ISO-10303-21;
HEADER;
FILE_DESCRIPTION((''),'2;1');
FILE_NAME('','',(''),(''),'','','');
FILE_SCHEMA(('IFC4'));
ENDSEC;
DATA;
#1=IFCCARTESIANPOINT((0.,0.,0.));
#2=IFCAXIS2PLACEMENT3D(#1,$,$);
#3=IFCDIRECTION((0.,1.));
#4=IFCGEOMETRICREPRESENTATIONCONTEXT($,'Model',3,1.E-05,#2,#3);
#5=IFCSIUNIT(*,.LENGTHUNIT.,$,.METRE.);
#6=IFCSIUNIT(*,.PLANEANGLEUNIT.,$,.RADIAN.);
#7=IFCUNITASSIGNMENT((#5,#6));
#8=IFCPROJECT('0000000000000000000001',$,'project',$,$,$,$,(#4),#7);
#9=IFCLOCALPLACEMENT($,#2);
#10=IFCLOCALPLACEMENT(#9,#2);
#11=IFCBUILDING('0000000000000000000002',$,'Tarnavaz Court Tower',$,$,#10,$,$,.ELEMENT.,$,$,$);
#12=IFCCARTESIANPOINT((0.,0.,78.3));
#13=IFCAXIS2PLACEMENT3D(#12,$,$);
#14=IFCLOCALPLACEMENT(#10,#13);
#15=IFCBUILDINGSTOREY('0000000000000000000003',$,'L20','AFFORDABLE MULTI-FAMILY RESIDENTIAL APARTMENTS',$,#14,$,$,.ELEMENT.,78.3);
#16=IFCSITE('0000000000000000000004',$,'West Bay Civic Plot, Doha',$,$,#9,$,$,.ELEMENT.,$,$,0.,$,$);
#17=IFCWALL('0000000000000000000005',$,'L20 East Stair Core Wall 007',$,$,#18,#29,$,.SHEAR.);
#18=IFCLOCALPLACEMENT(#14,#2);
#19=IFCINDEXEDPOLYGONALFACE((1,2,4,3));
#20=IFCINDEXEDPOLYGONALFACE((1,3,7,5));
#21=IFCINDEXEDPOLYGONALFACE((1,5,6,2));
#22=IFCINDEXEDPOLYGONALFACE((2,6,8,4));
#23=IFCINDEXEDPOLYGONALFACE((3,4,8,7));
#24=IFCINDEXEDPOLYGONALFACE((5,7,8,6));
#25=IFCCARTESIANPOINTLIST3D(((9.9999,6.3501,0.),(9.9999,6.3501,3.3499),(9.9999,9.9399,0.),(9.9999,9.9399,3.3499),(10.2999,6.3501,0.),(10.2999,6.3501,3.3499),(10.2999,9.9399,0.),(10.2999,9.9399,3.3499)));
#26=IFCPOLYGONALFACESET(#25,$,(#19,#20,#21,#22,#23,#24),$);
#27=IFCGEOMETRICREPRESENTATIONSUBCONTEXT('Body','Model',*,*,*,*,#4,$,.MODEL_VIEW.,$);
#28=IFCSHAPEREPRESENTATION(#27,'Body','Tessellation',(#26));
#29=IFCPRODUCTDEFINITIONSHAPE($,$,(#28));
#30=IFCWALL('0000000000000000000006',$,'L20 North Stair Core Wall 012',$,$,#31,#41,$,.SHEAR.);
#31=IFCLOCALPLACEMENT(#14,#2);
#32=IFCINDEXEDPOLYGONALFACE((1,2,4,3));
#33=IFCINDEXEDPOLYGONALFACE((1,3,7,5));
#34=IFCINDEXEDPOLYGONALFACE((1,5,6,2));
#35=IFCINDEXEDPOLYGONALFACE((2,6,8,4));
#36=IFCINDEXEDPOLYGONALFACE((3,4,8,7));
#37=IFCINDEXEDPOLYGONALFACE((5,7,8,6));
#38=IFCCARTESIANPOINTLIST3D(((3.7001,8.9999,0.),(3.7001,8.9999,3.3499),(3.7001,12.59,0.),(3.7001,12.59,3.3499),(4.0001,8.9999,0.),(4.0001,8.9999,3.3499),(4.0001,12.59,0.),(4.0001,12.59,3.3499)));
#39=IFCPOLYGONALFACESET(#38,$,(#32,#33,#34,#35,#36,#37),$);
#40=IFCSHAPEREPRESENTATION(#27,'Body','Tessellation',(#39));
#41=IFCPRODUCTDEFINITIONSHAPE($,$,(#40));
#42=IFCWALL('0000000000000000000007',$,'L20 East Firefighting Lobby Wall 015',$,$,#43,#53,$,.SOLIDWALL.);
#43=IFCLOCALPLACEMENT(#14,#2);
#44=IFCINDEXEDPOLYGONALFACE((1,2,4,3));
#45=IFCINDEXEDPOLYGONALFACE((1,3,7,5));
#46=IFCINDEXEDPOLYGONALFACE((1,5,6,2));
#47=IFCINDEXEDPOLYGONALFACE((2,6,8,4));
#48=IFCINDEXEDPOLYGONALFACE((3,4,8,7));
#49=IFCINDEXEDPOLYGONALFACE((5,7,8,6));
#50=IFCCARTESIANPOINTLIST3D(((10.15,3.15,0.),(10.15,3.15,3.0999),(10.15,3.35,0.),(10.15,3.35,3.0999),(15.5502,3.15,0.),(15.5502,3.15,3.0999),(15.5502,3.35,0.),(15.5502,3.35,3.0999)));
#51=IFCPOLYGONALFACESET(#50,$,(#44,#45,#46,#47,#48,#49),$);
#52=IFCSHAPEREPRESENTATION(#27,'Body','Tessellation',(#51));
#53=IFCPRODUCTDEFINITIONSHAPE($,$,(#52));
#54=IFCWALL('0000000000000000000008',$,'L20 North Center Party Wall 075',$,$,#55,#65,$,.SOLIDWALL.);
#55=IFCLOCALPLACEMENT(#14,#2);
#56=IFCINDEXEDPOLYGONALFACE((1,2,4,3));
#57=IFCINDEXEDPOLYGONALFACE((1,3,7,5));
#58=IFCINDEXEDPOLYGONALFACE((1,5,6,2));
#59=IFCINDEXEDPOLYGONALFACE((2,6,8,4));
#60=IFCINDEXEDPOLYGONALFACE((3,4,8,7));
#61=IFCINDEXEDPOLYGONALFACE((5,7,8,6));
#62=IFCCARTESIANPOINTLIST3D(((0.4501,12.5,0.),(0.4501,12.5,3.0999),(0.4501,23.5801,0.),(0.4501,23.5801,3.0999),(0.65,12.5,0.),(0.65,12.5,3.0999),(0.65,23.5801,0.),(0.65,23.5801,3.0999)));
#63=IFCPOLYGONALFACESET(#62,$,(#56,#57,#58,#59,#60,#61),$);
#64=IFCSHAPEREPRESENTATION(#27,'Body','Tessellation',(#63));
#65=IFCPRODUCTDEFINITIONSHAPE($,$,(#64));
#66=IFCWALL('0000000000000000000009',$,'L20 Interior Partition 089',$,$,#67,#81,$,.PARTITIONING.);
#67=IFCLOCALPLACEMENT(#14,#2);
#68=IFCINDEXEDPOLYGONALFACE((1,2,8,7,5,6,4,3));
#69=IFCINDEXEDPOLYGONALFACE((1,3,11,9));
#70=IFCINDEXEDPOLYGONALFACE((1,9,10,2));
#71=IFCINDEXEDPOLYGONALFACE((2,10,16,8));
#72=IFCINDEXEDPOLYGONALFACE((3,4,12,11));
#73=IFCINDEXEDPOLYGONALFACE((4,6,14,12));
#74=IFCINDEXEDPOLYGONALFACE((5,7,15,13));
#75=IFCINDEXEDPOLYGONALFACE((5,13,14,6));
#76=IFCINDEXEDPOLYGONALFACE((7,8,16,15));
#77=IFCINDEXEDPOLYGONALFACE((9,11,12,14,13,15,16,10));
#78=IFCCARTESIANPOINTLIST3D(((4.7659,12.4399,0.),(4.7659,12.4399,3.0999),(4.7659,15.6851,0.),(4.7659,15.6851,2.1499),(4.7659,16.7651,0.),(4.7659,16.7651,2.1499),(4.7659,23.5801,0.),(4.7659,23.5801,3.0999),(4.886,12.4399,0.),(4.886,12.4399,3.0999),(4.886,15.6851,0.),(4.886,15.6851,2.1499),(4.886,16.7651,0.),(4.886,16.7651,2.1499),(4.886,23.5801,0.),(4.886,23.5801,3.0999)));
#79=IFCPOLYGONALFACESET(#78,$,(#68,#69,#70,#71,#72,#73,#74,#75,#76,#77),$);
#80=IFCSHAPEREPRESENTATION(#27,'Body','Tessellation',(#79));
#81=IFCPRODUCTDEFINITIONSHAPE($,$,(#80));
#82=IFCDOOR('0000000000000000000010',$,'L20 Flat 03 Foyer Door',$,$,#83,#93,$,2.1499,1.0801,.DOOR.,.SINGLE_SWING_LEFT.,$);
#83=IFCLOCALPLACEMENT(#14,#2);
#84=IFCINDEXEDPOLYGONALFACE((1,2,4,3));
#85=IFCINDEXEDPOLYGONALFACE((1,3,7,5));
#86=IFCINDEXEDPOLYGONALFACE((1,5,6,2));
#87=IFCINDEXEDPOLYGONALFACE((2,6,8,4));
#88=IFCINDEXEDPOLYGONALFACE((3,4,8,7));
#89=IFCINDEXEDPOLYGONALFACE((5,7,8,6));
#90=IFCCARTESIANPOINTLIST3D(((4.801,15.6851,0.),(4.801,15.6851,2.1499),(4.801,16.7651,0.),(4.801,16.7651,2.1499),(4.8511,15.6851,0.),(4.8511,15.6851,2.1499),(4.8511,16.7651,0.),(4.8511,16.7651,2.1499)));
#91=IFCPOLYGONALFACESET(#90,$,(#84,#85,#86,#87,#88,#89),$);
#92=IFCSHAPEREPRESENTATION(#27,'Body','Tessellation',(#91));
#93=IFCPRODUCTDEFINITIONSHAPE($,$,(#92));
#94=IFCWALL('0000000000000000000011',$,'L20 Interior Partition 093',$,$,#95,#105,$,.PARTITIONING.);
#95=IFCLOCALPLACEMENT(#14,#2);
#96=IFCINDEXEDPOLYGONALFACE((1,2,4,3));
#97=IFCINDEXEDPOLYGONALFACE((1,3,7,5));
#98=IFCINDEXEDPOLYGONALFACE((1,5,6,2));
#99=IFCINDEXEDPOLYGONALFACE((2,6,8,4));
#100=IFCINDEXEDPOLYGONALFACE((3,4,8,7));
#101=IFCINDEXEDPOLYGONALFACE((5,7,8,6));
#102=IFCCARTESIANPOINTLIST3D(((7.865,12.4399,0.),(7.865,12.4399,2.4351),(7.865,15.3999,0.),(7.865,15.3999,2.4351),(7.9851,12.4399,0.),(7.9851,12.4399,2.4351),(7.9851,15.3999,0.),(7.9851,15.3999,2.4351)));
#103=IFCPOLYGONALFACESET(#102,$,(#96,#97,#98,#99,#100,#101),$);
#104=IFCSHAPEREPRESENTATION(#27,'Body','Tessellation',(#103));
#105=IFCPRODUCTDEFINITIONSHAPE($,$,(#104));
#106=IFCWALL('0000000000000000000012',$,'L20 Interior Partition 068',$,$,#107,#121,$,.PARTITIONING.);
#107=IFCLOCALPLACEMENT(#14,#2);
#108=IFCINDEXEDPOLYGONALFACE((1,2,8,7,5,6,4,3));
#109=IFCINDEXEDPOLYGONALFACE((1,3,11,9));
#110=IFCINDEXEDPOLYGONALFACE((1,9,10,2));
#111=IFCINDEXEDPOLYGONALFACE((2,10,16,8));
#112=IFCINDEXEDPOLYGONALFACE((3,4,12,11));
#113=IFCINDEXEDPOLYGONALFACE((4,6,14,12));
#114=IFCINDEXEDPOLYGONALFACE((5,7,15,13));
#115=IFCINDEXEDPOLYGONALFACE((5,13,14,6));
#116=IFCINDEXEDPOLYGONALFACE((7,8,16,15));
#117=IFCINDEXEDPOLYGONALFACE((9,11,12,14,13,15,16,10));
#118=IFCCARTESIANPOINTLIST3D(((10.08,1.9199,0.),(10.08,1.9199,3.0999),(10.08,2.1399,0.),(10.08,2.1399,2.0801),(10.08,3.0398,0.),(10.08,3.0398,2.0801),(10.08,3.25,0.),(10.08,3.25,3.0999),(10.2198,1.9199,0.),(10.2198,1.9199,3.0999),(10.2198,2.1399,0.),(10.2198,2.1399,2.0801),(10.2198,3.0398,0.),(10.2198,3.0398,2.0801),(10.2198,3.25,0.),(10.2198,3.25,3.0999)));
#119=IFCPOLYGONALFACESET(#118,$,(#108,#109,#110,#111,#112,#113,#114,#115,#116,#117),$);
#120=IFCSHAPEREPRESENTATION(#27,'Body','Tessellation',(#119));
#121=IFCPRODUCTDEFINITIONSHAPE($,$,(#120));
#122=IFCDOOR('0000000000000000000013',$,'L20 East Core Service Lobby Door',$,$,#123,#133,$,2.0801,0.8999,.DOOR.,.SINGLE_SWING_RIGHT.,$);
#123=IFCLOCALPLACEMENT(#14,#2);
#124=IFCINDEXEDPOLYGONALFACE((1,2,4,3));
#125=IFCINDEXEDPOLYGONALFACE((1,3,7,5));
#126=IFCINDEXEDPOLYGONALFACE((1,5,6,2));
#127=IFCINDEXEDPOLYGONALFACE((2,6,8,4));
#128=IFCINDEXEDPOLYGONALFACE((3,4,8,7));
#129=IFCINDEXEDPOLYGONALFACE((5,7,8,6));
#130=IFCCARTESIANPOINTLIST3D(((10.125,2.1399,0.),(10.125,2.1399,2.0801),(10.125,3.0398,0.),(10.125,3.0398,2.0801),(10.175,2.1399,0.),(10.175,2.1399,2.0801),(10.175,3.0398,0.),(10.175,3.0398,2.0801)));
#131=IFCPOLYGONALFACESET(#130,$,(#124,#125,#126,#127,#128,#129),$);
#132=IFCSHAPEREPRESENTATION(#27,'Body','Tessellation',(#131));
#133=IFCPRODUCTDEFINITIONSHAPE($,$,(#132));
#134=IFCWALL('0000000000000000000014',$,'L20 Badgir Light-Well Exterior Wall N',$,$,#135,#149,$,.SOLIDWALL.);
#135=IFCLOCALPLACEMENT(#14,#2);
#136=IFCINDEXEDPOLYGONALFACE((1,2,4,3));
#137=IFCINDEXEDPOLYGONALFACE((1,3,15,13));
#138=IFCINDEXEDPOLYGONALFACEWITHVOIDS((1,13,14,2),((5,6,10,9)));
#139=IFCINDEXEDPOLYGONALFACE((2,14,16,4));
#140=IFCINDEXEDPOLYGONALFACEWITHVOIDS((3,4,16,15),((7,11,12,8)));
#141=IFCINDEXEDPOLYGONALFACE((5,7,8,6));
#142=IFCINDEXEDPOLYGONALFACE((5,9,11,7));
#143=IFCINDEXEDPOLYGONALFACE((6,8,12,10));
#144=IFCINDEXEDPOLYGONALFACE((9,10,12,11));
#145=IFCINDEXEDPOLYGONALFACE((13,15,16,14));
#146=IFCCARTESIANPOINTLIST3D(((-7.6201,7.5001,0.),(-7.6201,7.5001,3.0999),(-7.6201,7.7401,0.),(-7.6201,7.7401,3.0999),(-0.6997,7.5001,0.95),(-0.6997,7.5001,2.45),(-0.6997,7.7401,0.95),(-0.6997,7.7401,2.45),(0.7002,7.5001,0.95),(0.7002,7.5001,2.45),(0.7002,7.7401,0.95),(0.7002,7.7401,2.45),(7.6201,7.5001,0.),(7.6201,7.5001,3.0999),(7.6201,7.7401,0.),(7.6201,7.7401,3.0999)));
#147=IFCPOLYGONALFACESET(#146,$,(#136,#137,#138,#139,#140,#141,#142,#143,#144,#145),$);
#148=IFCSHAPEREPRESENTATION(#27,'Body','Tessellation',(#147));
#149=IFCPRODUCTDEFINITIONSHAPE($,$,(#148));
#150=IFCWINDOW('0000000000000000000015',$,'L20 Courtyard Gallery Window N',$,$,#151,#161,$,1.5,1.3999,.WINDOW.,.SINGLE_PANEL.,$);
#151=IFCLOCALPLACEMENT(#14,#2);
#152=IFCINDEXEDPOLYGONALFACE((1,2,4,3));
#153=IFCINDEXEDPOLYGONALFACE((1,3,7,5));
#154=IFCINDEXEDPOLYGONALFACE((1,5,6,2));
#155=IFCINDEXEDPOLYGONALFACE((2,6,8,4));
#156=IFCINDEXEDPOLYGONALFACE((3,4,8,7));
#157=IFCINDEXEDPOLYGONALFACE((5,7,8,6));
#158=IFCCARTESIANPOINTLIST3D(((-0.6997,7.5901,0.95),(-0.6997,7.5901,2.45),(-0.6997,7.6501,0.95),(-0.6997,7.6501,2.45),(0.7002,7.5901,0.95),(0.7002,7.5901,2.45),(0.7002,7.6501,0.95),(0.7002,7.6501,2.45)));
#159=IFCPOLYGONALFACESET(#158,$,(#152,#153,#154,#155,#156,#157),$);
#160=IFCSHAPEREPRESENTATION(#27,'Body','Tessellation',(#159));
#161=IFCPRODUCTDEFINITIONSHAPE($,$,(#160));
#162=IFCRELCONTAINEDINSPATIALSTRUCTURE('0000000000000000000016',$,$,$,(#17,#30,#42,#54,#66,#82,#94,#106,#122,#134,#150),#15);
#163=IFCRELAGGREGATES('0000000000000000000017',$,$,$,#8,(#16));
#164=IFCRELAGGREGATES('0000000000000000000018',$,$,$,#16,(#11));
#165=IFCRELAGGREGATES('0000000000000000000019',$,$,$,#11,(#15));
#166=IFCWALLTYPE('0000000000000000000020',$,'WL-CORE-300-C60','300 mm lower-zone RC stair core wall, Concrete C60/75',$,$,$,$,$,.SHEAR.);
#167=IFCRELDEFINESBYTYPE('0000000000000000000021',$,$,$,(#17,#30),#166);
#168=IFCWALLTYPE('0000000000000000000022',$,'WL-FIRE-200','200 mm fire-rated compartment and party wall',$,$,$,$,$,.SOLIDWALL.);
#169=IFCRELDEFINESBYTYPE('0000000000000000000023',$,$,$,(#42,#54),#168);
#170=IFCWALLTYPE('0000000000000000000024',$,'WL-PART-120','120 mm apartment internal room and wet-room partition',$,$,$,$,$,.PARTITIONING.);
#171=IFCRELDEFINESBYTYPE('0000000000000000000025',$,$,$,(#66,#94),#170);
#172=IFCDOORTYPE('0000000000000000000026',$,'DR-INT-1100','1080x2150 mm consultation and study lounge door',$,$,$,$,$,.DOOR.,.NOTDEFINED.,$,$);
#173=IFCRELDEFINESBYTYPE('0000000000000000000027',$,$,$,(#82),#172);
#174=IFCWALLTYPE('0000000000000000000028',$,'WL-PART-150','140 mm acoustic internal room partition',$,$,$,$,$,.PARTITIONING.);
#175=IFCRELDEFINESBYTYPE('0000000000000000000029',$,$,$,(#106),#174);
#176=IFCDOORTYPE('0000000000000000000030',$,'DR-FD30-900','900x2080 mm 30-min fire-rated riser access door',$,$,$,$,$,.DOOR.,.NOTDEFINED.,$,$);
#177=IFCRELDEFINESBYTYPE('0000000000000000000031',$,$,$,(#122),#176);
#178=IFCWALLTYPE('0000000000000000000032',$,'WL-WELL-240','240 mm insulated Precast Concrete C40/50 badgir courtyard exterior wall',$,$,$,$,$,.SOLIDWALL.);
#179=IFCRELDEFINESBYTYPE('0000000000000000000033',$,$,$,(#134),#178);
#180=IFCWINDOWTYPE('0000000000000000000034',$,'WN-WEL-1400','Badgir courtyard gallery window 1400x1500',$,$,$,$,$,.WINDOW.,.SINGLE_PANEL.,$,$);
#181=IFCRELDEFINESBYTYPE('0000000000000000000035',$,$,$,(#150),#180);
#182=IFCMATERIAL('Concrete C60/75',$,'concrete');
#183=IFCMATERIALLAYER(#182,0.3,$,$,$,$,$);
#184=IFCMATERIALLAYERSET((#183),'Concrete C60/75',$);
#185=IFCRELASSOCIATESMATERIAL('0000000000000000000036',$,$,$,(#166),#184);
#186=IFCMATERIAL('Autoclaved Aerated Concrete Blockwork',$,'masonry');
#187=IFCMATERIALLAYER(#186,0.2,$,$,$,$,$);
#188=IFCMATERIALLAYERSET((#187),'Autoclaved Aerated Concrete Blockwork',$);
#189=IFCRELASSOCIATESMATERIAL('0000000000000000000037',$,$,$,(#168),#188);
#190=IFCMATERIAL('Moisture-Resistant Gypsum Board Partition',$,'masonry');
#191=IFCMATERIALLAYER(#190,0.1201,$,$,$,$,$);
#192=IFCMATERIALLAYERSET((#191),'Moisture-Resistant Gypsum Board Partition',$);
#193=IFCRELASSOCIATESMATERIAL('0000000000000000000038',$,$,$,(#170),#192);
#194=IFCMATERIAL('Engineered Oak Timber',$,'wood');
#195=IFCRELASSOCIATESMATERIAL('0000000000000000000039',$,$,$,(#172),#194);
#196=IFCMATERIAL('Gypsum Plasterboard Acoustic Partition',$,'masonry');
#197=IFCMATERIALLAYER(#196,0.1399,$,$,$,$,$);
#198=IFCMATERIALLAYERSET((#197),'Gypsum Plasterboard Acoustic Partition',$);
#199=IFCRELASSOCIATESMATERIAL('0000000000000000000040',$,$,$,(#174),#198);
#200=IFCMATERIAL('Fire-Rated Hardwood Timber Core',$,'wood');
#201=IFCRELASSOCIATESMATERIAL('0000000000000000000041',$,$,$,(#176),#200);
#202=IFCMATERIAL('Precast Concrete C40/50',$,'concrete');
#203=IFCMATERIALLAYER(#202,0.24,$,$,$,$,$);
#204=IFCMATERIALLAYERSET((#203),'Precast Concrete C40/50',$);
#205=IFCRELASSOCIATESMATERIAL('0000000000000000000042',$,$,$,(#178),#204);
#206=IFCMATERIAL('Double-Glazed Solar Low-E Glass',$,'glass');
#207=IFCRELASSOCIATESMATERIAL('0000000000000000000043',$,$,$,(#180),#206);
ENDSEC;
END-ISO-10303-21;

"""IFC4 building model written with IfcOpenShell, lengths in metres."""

from ifc_helpers import new_model, si_unit, direction, frame, frame_2d, origin, place, context, subcontext, project, spatial, rectangle, extrude, material, layer, layer_set, type_object, element, fill, save


model = new_model("IFC4")

# Units and contexts
model_context = context("Model", 3, precision=1e-05, world=origin(), true_north=direction((0.0, 1.0)))
body_context = subcontext(model_context, "Body", "Model", "MODEL_VIEW")
ifc_project = project(units=[si_unit("LENGTHUNIT", "METRE"), si_unit("PLANEANGLEUNIT", "RADIAN")], contexts=[model_context])

# Site, building, storey
site_placement = place(None, origin())
site = spatial("IfcSite", under=ifc_project, at=site_placement, Name="West Bay Civic Plot, Doha", CompositionType="ELEMENT", RefElevation=0.0)
building_placement = place(site_placement, origin())
building = spatial("IfcBuilding", under=site, at=building_placement, Name="Tarnavaz Court Tower", CompositionType="ELEMENT")
storey_placement = place(building_placement, frame((0.0, 0.0, 78.3)))
storey = spatial("IfcBuildingStorey", under=building, at=storey_placement, Name="L20", Description="AFFORDABLE MULTI-FAMILY RESIDENTIAL APARTMENTS", CompositionType="ELEMENT", Elevation=78.3)

# Shared definitions
ifc_material_1 = material(Name="Concrete C60/75", Category="concrete")

# Shared definitions
ifc_layer_1 = layer(ifc_material_1, 0.3)
ifc_layer_set_1 = layer_set([ifc_layer_1], Name="Concrete C60/75")
wall_type_1 = type_object("IfcWallType", Name="WL-CORE-300-C60", Description="300 mm lower-zone RC stair core wall, Concrete C60/75", PredefinedType="SHEAR", material=ifc_layer_set_1)

# Shared definitions
ifc_material_2 = material(Name="Fire-Rated Hardwood Timber Core", Category="wood")

# Walls
wall_1_placement = place(storey_placement, frame((10.1499, 6.3501, 0.0), z_axis=(0.0, 0.0, 1.0), x_axis=(0.0, 1.0, 0.0)))
element("IfcWall", 1, at=wall_1_placement, inside=storey, type_object=wall_type_1, Name="L20 East Stair Core Wall 007", PredefinedType="SHEAR", context=body_context, shape_type="SweptSolid", body=[
    extrude(rectangle(XDim=3.5898, YDim=0.3, at=frame_2d((1.7949, 0.0))), origin(), (0.0, 0.0, 1.0), 3.3499),
])
wall_2_placement = place(storey_placement, frame((3.8501, 9.0, 0.0), z_axis=(0.0, 0.0, 1.0), x_axis=(0.0, 1.0, 0.0)))
element("IfcWall", 2, at=wall_2_placement, inside=storey, type_object=wall_type_1, Name="L20 North Stair Core Wall 012", PredefinedType="SHEAR", context=body_context, shape_type="SweptSolid", body=[
    extrude(rectangle(XDim=3.5901, YDim=0.3, at=frame_2d((1.7949, 0.0))), origin(), (0.0, 0.0, 1.0), 3.3499),
])
ifc_material_3 = material(Name="Autoclaved Aerated Concrete Blockwork", Category="masonry")
ifc_layer_2 = layer(ifc_material_3, 0.2)
ifc_layer_set_2 = layer_set([ifc_layer_2], Name="Autoclaved Aerated Concrete Blockwork")
wall_type_2 = type_object("IfcWallType", Name="WL-FIRE-200", Description="200 mm fire-rated compartment and party wall", PredefinedType="SOLIDWALL", material=ifc_layer_set_2)
wall_3_placement = place(storey_placement, frame((10.1499, 3.25, 0.0), z_axis=(0.0, 0.0, 1.0), x_axis=(1.0, 0.0, 0.0)))
element("IfcWall", 3, at=wall_3_placement, inside=storey, type_object=wall_type_2, Name="L20 East Firefighting Lobby Wall 015", PredefinedType="SOLIDWALL", context=body_context, shape_type="SweptSolid", body=[
    extrude(rectangle(XDim=5.4001, YDim=0.2, at=frame_2d((2.7002, 0.0))), origin(), (0.0, 0.0, 1.0), 3.0999),
])

# Wall
wall_4_placement = place(storey_placement, frame((0.55, 12.5, 0.0), z_axis=(0.0, 0.0, 1.0), x_axis=(0.0, 1.0, 0.0)))
element("IfcWall", 4, at=wall_4_placement, inside=storey, type_object=wall_type_2, Name="L20 North Center Party Wall 075", PredefinedType="SOLIDWALL", context=body_context, shape_type="SweptSolid", body=[
    extrude(rectangle(XDim=11.0801, YDim=0.2, at=frame_2d((5.54, 0.0))), origin(), (0.0, 0.0, 1.0), 3.0999),
])

# Wall, opening, door
ifc_material_4 = material(Name="Moisture-Resistant Gypsum Board Partition", Category="masonry")
ifc_layer_3 = layer(ifc_material_4, 0.1201)
ifc_layer_set_3 = layer_set([ifc_layer_3], Name="Moisture-Resistant Gypsum Board Partition")
wall_type_3 = type_object("IfcWallType", Name="WL-PART-120", Description="120 mm apartment internal room and wet-room partition", PredefinedType="PARTITIONING", material=ifc_layer_set_3)
wall_5_placement = place(storey_placement, frame((4.8259, 12.4399, 0.0), z_axis=(0.0, 0.0, 1.0), x_axis=(0.0, 1.0, 0.0)))
wall_5 = element("IfcWall", 5, at=wall_5_placement, inside=storey, type_object=wall_type_3, Name="L20 Interior Partition 089", PredefinedType="PARTITIONING", context=body_context, shape_type="SweptSolid", body=[
    extrude(rectangle(XDim=11.1401, YDim=0.1201, at=frame_2d((5.5701, 0.0))), origin(), (0.0, 0.0, 1.0), 3.0999),
])
opening_1_placement = place(wall_5_placement, frame((3.2451, 0.0, 0.0)))
opening_1 = element("IfcOpeningElement", 6, at=opening_1_placement, cuts=wall_5, PredefinedType="OPENING", context=body_context, shape_type="SweptSolid", body=[
    extrude(rectangle(XDim=1.0801, YDim=2.1499, at=frame_2d((0.54, 1.075))), frame((0.0, 0.0701, 0.0), z_axis=(0.0, -1.0, 0.0), x_axis=(1.0, 0.0, 0.0)), (0.0, 0.0, 1.0), 0.1401),
])
ifc_material_5 = material(Name="Engineered Oak Timber", Category="wood")
door_type_1 = type_object("IfcDoorType", Name="DR-INT-1100", Description="1080x2150 mm consultation and study lounge door", OperationType="NOTDEFINED", PredefinedType="DOOR", material=ifc_material_5)
door_1_placement = place(opening_1_placement, origin())
door_1 = element("IfcDoor", 7, at=door_1_placement, inside=storey, type_object=door_type_1, Name="L20 Flat 03 Foyer Door", OperationType="SINGLE_SWING_LEFT", OverallHeight=2.1499, OverallWidth=1.0801, PredefinedType="DOOR", context=body_context, shape_type="SweptSolid", body=[
    extrude(rectangle(XDim=1.0801, YDim=2.1499, at=frame_2d((0.54, 1.075))), frame((0.0, 0.0249, 0.0), z_axis=(0.0, -1.0, 0.0), x_axis=(1.0, 0.0, 0.0)), (0.0, 0.0, 1.0), 0.05),
])
fill(opening_1, door_1)

# Wall
wall_6_placement = place(storey_placement, frame((7.925, 12.4399, 0.0), z_axis=(0.0, 0.0, 1.0), x_axis=(0.0, 1.0, 0.0)))
element("IfcWall", 8, at=wall_6_placement, inside=storey, type_object=wall_type_3, Name="L20 Interior Partition 093", PredefinedType="PARTITIONING", context=body_context, shape_type="SweptSolid", body=[
    extrude(rectangle(XDim=2.96, YDim=0.1201, at=frame_2d((1.48, 0.0))), origin(), (0.0, 0.0, 1.0), 2.4351),
])

# Wall, opening, door
ifc_material_6 = material(Name="Gypsum Plasterboard Acoustic Partition", Category="masonry")
ifc_layer_4 = layer(ifc_material_6, 0.1399)
ifc_layer_set_4 = layer_set([ifc_layer_4], Name="Gypsum Plasterboard Acoustic Partition")
wall_type_4 = type_object("IfcWallType", Name="WL-PART-150", Description="140 mm acoustic internal room partition", PredefinedType="PARTITIONING", material=ifc_layer_set_4)
wall_7_placement = place(storey_placement, frame((10.1499, 1.9199, 0.0), z_axis=(0.0, 0.0, 1.0), x_axis=(0.0, 1.0, 0.0)))
wall_7 = element("IfcWall", 9, at=wall_7_placement, inside=storey, type_object=wall_type_4, Name="L20 Interior Partition 068", PredefinedType="PARTITIONING", context=body_context, shape_type="SweptSolid", body=[
    extrude(rectangle(XDim=1.3301, YDim=0.1399, at=frame_2d((0.665, 0.0))), origin(), (0.0, 0.0, 1.0), 3.0999),
])
opening_2_placement = place(wall_7_placement, frame((0.22, 0.0, 0.0)))
opening_2 = element("IfcOpeningElement", 10, at=opening_2_placement, cuts=wall_7, PredefinedType="OPENING", context=body_context, shape_type="SweptSolid", body=[
    extrude(rectangle(XDim=0.8999, YDim=2.0801, at=frame_2d((0.45, 1.04))), frame((0.0, 0.0798, 0.0), z_axis=(0.0, -1.0, 0.0), x_axis=(1.0, 0.0, 0.0)), (0.0, 0.0, 1.0), 0.1599),
])
door_type_2 = type_object("IfcDoorType", Name="DR-FD30-900", Description="900x2080 mm 30-min fire-rated riser access door", OperationType="NOTDEFINED", PredefinedType="DOOR", material=ifc_material_2)
door_2_placement = place(opening_2_placement, origin())
door_2 = element("IfcDoor", 11, at=door_2_placement, inside=storey, type_object=door_type_2, Name="L20 East Core Service Lobby Door", OperationType="SINGLE_SWING_RIGHT", OverallHeight=2.0801, OverallWidth=0.8999, PredefinedType="DOOR", context=body_context, shape_type="SweptSolid", body=[
    extrude(rectangle(XDim=0.8999, YDim=2.0801, at=frame_2d((0.45, 1.04))), frame((0.0, 0.0249, 0.0), z_axis=(0.0, -1.0, 0.0), x_axis=(1.0, 0.0, 0.0)), (0.0, 0.0, 1.0), 0.05),
])
fill(opening_2, door_2)

# Wall, opening, window
ifc_material_7 = material(Name="Precast Concrete C40/50", Category="concrete")
ifc_layer_5 = layer(ifc_material_7, 0.24)
ifc_layer_set_5 = layer_set([ifc_layer_5], Name="Precast Concrete C40/50")
wall_type_5 = type_object("IfcWallType", Name="WL-WELL-240", Description="240 mm insulated Precast Concrete C40/50 badgir courtyard exterior wall", PredefinedType="SOLIDWALL", material=ifc_layer_set_5)
wall_8_placement = place(storey_placement, frame((7.6201, 7.6201, 0.0), z_axis=(0.0, 0.0, 1.0), x_axis=(-1.0, 0.0, 0.0)))
wall_8 = element("IfcWall", 12, at=wall_8_placement, inside=storey, type_object=wall_type_5, Name="L20 Badgir Light-Well Exterior Wall N", PredefinedType="SOLIDWALL", context=body_context, shape_type="SweptSolid", body=[
    extrude(rectangle(XDim=15.2402, YDim=0.24, at=frame_2d((7.6201, 0.0))), origin(), (0.0, 0.0, 1.0), 3.0999),
])
opening_3_placement = place(wall_8_placement, frame((6.9199, 0.0, 0.95)))
opening_3 = element("IfcOpeningElement", 13, at=opening_3_placement, cuts=wall_8, PredefinedType="OPENING", context=body_context, shape_type="SweptSolid", body=[
    extrude(rectangle(XDim=1.3999, YDim=1.5, at=frame_2d((0.7, 0.75))), frame((0.0, 0.1299, 0.0), z_axis=(0.0, -1.0, 0.0), x_axis=(1.0, 0.0, 0.0)), (0.0, 0.0, 1.0), 0.26),
])
ifc_material_8 = material(Name="Double-Glazed Solar Low-E Glass", Category="glass")
window_type = type_object("IfcWindowType", Name="WN-WEL-1400", Description="Badgir courtyard gallery window 1400x1500", PartitioningType="SINGLE_PANEL", PredefinedType="WINDOW", material=ifc_material_8)
window_placement = place(opening_3_placement, origin())
window = element("IfcWindow", 14, at=window_placement, inside=storey, type_object=window_type, Name="L20 Courtyard Gallery Window N", OverallHeight=1.5, OverallWidth=1.3999, PartitioningType="SINGLE_PANEL", PredefinedType="WINDOW", context=body_context, shape_type="SweptSolid", body=[
    extrude(rectangle(XDim=1.3999, YDim=1.5, at=frame_2d((0.7, 0.75))), frame((0.0, 0.03, 0.0), z_axis=(0.0, -1.0, 0.0), x_axis=(1.0, 0.0, 0.0)), (0.0, 0.0, 1.0), 0.0601),
])
fill(opening_3, window)

save(model, "model.ifc")
